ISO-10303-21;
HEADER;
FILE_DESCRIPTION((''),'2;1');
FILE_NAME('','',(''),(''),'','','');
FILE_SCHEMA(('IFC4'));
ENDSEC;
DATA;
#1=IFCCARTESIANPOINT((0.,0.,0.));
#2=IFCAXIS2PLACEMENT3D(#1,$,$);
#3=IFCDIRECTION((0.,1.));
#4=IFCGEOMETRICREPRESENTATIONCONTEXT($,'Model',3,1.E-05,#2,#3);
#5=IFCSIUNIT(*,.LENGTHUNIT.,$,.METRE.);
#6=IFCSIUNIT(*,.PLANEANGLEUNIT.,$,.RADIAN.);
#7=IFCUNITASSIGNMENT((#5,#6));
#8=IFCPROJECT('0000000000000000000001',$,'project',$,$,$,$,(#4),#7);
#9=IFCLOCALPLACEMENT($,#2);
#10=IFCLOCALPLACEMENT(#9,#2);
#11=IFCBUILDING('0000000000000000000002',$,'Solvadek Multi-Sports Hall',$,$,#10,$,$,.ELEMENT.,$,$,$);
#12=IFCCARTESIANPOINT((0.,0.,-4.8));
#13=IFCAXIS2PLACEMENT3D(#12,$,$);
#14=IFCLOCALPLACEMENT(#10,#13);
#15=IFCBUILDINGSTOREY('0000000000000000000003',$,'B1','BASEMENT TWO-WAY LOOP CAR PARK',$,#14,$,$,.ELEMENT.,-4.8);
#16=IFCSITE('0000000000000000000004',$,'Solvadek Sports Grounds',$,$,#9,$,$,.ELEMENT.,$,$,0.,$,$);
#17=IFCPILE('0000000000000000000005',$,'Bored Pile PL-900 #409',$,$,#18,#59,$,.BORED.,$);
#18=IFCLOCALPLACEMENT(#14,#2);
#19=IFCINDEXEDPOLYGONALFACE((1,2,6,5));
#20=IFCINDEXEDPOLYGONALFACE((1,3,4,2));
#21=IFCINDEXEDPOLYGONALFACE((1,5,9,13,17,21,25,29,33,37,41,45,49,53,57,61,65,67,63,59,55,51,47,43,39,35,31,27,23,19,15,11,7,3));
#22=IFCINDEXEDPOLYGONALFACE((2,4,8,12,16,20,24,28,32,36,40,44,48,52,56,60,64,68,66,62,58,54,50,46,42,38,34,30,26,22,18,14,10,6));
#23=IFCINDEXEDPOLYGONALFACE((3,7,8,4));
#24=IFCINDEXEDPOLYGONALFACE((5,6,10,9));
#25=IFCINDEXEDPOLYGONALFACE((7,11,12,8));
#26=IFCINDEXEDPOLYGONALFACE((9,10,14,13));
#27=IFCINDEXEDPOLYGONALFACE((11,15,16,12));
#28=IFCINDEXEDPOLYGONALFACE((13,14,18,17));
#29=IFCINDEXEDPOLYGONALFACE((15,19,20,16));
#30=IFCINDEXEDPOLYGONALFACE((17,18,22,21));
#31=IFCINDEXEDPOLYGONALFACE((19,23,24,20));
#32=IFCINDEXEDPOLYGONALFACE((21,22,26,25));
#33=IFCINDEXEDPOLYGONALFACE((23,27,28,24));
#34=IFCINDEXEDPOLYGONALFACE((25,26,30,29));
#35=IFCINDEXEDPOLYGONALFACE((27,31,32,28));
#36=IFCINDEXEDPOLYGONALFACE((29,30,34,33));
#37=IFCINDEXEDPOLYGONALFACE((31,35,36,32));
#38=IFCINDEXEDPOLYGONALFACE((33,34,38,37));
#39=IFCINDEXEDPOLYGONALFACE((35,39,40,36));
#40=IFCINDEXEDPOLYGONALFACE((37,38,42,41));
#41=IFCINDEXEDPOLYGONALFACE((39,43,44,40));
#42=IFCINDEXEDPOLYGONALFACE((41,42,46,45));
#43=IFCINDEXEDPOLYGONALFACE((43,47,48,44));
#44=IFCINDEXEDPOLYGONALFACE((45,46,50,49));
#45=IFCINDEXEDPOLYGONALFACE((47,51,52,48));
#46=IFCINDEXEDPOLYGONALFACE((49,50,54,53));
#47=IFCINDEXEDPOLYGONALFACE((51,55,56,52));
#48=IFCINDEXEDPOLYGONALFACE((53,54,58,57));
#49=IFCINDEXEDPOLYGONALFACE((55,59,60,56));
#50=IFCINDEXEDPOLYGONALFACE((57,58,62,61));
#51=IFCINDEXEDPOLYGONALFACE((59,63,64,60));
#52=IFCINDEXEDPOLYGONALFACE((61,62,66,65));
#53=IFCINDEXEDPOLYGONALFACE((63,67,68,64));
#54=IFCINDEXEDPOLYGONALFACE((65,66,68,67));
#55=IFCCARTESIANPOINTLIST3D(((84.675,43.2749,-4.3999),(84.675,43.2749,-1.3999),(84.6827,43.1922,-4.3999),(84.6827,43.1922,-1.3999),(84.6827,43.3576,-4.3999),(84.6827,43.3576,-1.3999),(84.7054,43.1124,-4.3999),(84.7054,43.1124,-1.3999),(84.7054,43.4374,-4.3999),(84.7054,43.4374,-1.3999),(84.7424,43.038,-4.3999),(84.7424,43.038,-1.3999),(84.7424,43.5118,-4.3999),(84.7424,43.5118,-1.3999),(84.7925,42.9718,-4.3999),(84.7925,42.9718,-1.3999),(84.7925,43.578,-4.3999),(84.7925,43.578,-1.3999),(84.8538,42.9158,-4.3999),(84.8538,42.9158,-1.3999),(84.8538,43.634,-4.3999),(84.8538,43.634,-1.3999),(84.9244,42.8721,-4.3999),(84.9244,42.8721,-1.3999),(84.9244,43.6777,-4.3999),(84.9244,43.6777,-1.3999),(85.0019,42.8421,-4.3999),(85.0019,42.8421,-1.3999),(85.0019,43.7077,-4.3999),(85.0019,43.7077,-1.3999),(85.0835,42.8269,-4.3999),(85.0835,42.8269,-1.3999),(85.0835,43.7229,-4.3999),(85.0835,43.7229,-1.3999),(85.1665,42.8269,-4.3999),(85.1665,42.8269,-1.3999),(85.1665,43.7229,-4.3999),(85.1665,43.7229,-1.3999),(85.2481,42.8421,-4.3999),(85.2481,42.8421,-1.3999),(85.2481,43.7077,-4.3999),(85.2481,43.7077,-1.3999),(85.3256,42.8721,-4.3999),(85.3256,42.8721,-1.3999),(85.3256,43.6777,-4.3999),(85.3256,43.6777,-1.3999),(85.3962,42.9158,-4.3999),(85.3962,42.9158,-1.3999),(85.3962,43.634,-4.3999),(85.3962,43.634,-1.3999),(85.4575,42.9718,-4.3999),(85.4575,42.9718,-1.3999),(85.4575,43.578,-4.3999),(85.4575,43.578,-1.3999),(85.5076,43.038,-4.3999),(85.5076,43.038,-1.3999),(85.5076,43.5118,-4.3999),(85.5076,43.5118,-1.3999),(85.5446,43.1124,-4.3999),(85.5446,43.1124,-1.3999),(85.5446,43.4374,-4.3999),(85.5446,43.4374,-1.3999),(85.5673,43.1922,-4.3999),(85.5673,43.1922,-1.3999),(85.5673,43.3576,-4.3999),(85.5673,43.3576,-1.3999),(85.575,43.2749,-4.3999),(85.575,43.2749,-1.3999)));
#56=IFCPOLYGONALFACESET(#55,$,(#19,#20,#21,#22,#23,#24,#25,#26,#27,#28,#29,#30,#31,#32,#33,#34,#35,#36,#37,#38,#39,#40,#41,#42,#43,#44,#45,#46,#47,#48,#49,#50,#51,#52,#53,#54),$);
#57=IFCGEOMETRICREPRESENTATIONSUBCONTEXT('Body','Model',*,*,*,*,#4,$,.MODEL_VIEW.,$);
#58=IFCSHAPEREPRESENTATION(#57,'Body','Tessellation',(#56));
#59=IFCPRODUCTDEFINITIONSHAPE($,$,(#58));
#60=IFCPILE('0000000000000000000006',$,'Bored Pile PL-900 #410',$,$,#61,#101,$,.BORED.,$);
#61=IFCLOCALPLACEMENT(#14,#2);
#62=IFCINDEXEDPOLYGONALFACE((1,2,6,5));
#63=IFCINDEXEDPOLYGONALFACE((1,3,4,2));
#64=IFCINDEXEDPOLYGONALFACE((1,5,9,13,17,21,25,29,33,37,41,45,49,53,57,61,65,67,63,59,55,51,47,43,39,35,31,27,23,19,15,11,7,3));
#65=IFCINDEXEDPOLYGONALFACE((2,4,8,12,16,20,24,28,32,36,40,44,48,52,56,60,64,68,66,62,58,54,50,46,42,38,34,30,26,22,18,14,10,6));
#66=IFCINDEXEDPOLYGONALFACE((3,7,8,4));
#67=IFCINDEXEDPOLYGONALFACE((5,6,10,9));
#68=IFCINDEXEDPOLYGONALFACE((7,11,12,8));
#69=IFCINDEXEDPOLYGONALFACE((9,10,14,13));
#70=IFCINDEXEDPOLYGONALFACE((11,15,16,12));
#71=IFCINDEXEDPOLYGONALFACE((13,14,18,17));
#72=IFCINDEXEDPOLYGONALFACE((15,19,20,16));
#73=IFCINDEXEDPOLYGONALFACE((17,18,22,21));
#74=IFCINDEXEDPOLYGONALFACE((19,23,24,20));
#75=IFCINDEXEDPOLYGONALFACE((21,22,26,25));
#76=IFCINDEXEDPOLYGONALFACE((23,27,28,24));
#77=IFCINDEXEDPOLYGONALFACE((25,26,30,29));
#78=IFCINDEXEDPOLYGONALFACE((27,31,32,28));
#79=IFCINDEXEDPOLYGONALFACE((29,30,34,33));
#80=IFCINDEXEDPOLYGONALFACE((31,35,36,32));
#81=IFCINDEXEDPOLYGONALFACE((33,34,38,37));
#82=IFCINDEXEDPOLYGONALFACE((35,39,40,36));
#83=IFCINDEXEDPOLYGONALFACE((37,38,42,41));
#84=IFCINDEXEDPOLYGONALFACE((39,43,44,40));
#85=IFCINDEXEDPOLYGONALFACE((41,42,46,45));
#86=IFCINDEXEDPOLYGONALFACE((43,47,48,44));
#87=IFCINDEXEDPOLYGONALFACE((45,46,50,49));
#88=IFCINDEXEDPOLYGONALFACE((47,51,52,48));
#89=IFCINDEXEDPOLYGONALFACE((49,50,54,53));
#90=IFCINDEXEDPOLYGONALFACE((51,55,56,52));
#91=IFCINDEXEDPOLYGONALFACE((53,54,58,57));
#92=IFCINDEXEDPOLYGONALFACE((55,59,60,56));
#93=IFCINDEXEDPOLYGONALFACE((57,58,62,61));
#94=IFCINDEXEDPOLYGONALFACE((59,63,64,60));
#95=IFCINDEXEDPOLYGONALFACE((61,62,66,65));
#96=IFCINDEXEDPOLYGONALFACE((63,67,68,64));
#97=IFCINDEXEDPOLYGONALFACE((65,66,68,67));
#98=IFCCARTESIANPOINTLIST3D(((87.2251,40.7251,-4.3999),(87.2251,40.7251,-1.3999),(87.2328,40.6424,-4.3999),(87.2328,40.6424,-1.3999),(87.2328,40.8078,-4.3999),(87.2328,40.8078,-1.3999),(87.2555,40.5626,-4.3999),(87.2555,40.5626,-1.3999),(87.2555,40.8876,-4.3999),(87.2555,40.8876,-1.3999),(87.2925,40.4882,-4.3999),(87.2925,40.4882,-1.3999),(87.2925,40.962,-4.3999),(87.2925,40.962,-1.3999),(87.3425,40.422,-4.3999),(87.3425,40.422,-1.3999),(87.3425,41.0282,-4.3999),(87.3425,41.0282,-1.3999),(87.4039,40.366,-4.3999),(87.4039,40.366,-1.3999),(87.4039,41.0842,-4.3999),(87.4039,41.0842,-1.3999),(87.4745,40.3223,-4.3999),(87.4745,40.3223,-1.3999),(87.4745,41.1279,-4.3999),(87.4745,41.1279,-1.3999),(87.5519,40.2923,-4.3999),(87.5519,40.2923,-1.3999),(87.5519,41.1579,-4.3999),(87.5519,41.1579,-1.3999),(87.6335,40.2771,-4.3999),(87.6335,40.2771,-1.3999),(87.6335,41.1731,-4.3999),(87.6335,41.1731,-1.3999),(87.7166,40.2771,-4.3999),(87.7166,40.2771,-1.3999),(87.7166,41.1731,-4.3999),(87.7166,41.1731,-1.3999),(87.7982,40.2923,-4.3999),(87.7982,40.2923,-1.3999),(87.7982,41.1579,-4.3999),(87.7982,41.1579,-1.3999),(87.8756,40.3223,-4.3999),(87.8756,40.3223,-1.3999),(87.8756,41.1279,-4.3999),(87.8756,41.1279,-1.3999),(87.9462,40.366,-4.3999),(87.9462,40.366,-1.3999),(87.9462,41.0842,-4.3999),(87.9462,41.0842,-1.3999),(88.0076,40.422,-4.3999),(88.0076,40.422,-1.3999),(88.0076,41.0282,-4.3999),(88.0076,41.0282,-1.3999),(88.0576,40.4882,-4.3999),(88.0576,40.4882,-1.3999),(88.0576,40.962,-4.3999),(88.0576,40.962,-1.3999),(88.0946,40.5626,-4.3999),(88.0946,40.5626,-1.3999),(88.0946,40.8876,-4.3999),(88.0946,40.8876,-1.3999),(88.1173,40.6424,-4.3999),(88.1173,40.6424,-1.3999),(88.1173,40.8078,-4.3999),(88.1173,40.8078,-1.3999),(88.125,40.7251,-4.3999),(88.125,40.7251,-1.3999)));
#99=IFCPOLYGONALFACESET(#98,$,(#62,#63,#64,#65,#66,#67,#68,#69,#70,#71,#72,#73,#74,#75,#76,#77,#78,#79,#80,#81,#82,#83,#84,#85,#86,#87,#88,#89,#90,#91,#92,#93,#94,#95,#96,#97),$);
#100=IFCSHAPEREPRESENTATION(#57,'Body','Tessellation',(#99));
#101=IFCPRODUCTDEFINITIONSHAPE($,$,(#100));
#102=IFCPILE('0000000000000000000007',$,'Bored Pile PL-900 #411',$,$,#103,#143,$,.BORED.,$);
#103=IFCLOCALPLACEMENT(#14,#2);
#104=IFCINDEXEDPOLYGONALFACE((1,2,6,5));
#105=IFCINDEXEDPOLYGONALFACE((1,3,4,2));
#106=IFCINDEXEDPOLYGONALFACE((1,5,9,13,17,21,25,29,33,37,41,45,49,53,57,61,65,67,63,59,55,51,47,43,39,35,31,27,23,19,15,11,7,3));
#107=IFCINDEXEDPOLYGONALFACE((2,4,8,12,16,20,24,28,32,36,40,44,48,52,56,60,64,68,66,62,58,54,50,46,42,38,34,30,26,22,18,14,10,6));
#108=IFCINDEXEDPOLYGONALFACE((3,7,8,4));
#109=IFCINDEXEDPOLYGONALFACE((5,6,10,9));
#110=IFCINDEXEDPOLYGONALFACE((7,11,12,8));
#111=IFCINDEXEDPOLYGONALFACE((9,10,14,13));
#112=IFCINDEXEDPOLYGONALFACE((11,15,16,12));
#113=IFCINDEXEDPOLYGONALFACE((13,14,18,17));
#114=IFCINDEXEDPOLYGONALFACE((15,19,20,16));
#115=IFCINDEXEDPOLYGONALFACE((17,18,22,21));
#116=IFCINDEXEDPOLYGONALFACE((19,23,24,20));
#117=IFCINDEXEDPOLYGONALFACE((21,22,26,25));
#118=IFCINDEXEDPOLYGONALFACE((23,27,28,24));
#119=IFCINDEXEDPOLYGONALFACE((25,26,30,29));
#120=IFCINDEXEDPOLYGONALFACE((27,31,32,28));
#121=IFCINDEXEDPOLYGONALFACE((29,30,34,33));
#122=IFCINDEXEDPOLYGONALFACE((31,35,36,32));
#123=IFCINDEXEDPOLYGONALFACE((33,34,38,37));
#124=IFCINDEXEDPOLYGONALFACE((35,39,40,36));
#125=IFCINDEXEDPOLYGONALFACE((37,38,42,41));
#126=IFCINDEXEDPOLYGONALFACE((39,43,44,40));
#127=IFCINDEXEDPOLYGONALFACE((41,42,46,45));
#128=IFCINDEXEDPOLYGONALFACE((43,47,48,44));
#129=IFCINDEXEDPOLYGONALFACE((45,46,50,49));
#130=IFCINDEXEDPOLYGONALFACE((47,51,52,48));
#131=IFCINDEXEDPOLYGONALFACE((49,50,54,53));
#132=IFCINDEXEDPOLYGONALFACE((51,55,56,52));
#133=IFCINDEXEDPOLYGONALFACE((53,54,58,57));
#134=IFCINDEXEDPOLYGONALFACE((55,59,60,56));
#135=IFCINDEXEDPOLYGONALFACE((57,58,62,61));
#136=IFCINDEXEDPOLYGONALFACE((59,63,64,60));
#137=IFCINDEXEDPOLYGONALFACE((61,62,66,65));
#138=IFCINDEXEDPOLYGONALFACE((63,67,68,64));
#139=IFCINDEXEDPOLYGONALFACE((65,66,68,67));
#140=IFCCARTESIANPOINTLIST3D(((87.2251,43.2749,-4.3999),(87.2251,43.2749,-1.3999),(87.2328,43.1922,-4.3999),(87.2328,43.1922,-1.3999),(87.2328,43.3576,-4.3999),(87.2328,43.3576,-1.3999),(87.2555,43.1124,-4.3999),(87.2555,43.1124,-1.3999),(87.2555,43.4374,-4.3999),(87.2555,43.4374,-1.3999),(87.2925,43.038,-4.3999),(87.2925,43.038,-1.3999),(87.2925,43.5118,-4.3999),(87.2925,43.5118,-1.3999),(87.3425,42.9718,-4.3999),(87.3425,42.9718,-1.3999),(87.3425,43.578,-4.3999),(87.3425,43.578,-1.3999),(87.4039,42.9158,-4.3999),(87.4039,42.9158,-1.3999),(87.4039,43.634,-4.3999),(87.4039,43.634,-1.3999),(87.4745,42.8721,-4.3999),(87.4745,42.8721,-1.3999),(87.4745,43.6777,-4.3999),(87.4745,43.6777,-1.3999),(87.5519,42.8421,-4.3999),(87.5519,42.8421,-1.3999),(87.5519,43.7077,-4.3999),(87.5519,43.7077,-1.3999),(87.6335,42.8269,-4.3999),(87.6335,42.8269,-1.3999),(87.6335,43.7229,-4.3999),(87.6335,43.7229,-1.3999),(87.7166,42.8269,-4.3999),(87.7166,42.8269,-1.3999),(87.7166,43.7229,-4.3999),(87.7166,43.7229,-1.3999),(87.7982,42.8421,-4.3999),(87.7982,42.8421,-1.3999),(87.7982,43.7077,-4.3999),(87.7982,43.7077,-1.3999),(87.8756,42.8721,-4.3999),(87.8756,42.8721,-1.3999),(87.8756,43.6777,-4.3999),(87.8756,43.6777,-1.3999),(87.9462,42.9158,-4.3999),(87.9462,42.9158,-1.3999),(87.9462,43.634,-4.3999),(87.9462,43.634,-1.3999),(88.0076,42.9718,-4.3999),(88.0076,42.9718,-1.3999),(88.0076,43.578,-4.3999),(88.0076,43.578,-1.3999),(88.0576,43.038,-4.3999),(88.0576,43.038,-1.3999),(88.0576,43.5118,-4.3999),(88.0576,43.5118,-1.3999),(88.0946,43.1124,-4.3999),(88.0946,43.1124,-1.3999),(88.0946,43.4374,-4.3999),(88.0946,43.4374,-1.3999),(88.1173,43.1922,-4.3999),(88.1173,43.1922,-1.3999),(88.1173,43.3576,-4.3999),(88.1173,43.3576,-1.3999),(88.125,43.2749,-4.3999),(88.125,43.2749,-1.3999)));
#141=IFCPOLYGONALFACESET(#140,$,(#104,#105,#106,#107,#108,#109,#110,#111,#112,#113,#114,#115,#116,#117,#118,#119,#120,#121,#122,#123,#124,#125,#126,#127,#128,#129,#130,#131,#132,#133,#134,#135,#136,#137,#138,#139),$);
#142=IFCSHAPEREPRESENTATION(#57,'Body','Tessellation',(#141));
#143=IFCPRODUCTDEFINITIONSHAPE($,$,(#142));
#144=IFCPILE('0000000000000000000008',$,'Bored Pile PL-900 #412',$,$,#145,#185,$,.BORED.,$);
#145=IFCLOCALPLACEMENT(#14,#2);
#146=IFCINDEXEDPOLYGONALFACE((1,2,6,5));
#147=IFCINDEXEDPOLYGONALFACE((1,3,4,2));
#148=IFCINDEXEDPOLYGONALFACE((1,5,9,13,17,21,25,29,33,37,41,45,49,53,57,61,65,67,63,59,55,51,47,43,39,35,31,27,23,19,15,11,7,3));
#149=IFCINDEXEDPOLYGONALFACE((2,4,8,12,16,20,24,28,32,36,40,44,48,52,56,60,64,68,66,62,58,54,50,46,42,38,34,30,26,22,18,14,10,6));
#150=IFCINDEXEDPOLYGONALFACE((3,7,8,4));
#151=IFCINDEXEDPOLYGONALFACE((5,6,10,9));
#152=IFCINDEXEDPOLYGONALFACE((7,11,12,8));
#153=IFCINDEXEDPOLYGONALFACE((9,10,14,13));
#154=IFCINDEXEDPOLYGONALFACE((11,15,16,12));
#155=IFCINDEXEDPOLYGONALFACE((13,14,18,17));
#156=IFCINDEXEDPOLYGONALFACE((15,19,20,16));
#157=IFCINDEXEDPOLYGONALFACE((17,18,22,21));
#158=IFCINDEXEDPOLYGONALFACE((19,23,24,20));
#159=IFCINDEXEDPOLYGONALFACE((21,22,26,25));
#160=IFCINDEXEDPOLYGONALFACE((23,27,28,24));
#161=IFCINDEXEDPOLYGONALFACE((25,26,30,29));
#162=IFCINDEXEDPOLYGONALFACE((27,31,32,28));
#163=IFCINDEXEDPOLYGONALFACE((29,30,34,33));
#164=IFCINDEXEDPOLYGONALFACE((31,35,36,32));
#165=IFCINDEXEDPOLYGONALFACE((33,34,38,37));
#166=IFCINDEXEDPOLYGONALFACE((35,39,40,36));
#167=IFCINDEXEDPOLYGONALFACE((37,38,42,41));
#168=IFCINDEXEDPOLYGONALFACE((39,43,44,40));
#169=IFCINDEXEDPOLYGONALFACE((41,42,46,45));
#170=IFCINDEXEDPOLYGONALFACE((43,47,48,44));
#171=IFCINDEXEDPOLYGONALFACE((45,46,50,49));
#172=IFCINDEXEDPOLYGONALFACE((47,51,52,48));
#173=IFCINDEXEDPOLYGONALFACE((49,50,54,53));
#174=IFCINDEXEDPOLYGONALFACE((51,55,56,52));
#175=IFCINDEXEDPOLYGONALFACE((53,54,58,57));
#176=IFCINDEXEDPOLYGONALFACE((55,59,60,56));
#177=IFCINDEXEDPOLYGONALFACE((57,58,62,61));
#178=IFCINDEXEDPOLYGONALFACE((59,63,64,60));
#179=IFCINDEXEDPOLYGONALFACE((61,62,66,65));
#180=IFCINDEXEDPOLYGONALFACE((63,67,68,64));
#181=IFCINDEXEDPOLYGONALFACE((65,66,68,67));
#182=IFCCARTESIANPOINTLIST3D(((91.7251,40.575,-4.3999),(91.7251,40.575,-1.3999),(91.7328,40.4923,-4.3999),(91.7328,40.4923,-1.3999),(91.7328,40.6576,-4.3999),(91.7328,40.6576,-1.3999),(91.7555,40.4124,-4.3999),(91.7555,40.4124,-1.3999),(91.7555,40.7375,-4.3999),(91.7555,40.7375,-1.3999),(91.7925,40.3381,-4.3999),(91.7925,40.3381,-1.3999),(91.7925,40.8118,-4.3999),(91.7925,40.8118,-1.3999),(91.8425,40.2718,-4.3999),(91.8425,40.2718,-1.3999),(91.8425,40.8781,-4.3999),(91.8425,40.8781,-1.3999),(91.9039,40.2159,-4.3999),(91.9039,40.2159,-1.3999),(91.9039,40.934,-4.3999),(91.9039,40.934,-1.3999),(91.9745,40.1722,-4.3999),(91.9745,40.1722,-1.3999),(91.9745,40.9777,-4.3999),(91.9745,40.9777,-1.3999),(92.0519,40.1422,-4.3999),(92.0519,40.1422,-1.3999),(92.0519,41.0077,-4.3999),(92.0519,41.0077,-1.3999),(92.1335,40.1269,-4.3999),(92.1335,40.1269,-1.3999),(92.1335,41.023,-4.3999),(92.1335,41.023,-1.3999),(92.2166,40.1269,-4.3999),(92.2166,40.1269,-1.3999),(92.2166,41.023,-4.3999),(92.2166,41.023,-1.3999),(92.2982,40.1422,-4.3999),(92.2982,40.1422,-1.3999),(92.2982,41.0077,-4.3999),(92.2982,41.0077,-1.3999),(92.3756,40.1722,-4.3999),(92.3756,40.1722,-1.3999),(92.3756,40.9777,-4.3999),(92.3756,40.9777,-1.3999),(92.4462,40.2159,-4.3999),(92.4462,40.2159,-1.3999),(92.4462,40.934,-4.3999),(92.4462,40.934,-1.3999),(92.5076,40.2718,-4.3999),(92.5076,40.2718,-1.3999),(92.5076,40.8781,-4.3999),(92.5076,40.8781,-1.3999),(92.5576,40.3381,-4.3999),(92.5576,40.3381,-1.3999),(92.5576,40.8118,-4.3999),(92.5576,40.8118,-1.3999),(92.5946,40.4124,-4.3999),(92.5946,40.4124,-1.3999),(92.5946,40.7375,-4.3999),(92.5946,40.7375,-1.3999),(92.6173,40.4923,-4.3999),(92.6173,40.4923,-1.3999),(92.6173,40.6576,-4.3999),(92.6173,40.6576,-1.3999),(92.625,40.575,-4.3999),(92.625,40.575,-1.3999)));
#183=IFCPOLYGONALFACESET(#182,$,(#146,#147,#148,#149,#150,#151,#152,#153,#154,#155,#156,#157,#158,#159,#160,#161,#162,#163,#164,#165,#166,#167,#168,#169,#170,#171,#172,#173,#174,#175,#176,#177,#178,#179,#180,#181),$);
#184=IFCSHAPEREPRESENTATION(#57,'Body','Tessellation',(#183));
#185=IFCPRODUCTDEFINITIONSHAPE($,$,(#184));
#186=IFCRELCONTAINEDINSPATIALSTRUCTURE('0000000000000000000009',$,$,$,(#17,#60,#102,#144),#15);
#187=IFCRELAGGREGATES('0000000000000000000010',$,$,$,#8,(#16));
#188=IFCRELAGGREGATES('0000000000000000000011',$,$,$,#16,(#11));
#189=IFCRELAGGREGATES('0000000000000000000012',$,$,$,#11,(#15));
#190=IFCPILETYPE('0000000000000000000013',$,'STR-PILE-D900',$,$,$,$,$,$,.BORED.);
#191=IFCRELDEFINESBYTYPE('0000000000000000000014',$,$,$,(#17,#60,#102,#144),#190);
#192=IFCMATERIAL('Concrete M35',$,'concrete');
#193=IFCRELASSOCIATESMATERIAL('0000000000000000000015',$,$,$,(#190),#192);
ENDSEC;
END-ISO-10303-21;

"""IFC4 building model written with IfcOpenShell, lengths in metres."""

from ifc_helpers import new_model, si_unit, direction, frame, origin, origin_2d, place, context, subcontext, project, spatial, circle, extrude, material, material_profile, profile_set, type_object, element, save


model = new_model("IFC4")

# Units and contexts
model_context = context("Model", 3, precision=1e-05, world=origin(), true_north=direction((0.0, 1.0)))
body_context = subcontext(model_context, "Body", "Model", "MODEL_VIEW")
ifc_project = project(units=[si_unit("LENGTHUNIT", "METRE"), si_unit("PLANEANGLEUNIT", "RADIAN")], contexts=[model_context])

# Site, building, storey
site_placement = place(None, origin())
site = spatial("IfcSite", under=ifc_project, at=site_placement, Name="Solvadek Sports Grounds", CompositionType="ELEMENT", RefElevation=0.0)
building_placement = place(site_placement, origin())
building = spatial("IfcBuilding", under=site, at=building_placement, Name="Solvadek Multi-Sports Hall", CompositionType="ELEMENT")
storey_placement = place(building_placement, frame((0.0, 0.0, -4.8)))
storey = spatial("IfcBuildingStorey", under=building, at=storey_placement, Name="B1", Description="BASEMENT TWO-WAY LOOP CAR PARK", CompositionType="ELEMENT", Elevation=-4.8)

# Piles
ifc_material_1 = material(Name="Concrete M35", Category="concrete")
ifc_material_profile_1 = material_profile(ifc_material_1, circle(Radius=0.45, at=origin_2d()), Name="BORED PILE D900")
ifc_profile_set_1 = profile_set([ifc_material_profile_1], Name="Concrete M35")
pile_type = type_object("IfcPileType", Name="STR-PILE-D900", PredefinedType="BORED", material=ifc_profile_set_1)
for number, where, z_axis, x_axis, name in (
    (1, (85.125, 43.2749, -1.3999), (0.0, 0.0, -1.0), (1.0, 0.0, 0.0), "Bored Pile PL-900 #409"),
    (2, (87.675, 40.7251, -1.3999), (0.0, 0.0, -1.0), (1.0, 0.0, 0.0), "Bored Pile PL-900 #410"),
    (3, (87.675, 43.2749, -1.3999), (0.0, 0.0, -1.0), (1.0, 0.0, 0.0), "Bored Pile PL-900 #411"),
    (4, (92.175, 40.575, -1.3999), (0.0, 0.0, -1.0), (1.0, 0.0, 0.0), "Bored Pile PL-900 #412"),
):
    element("IfcPile", number, at=place(storey_placement, frame(where, z_axis=z_axis, x_axis=x_axis)), inside=storey, type_object=pile_type, Name=name, PredefinedType="BORED", context=body_context, shape_type="SweptSolid", body=[
        extrude(circle(Radius=0.45, at=origin_2d()), origin(), (0.0, 0.0, 1.0), 3.0),
    ])

save(model, "model.ifc")
